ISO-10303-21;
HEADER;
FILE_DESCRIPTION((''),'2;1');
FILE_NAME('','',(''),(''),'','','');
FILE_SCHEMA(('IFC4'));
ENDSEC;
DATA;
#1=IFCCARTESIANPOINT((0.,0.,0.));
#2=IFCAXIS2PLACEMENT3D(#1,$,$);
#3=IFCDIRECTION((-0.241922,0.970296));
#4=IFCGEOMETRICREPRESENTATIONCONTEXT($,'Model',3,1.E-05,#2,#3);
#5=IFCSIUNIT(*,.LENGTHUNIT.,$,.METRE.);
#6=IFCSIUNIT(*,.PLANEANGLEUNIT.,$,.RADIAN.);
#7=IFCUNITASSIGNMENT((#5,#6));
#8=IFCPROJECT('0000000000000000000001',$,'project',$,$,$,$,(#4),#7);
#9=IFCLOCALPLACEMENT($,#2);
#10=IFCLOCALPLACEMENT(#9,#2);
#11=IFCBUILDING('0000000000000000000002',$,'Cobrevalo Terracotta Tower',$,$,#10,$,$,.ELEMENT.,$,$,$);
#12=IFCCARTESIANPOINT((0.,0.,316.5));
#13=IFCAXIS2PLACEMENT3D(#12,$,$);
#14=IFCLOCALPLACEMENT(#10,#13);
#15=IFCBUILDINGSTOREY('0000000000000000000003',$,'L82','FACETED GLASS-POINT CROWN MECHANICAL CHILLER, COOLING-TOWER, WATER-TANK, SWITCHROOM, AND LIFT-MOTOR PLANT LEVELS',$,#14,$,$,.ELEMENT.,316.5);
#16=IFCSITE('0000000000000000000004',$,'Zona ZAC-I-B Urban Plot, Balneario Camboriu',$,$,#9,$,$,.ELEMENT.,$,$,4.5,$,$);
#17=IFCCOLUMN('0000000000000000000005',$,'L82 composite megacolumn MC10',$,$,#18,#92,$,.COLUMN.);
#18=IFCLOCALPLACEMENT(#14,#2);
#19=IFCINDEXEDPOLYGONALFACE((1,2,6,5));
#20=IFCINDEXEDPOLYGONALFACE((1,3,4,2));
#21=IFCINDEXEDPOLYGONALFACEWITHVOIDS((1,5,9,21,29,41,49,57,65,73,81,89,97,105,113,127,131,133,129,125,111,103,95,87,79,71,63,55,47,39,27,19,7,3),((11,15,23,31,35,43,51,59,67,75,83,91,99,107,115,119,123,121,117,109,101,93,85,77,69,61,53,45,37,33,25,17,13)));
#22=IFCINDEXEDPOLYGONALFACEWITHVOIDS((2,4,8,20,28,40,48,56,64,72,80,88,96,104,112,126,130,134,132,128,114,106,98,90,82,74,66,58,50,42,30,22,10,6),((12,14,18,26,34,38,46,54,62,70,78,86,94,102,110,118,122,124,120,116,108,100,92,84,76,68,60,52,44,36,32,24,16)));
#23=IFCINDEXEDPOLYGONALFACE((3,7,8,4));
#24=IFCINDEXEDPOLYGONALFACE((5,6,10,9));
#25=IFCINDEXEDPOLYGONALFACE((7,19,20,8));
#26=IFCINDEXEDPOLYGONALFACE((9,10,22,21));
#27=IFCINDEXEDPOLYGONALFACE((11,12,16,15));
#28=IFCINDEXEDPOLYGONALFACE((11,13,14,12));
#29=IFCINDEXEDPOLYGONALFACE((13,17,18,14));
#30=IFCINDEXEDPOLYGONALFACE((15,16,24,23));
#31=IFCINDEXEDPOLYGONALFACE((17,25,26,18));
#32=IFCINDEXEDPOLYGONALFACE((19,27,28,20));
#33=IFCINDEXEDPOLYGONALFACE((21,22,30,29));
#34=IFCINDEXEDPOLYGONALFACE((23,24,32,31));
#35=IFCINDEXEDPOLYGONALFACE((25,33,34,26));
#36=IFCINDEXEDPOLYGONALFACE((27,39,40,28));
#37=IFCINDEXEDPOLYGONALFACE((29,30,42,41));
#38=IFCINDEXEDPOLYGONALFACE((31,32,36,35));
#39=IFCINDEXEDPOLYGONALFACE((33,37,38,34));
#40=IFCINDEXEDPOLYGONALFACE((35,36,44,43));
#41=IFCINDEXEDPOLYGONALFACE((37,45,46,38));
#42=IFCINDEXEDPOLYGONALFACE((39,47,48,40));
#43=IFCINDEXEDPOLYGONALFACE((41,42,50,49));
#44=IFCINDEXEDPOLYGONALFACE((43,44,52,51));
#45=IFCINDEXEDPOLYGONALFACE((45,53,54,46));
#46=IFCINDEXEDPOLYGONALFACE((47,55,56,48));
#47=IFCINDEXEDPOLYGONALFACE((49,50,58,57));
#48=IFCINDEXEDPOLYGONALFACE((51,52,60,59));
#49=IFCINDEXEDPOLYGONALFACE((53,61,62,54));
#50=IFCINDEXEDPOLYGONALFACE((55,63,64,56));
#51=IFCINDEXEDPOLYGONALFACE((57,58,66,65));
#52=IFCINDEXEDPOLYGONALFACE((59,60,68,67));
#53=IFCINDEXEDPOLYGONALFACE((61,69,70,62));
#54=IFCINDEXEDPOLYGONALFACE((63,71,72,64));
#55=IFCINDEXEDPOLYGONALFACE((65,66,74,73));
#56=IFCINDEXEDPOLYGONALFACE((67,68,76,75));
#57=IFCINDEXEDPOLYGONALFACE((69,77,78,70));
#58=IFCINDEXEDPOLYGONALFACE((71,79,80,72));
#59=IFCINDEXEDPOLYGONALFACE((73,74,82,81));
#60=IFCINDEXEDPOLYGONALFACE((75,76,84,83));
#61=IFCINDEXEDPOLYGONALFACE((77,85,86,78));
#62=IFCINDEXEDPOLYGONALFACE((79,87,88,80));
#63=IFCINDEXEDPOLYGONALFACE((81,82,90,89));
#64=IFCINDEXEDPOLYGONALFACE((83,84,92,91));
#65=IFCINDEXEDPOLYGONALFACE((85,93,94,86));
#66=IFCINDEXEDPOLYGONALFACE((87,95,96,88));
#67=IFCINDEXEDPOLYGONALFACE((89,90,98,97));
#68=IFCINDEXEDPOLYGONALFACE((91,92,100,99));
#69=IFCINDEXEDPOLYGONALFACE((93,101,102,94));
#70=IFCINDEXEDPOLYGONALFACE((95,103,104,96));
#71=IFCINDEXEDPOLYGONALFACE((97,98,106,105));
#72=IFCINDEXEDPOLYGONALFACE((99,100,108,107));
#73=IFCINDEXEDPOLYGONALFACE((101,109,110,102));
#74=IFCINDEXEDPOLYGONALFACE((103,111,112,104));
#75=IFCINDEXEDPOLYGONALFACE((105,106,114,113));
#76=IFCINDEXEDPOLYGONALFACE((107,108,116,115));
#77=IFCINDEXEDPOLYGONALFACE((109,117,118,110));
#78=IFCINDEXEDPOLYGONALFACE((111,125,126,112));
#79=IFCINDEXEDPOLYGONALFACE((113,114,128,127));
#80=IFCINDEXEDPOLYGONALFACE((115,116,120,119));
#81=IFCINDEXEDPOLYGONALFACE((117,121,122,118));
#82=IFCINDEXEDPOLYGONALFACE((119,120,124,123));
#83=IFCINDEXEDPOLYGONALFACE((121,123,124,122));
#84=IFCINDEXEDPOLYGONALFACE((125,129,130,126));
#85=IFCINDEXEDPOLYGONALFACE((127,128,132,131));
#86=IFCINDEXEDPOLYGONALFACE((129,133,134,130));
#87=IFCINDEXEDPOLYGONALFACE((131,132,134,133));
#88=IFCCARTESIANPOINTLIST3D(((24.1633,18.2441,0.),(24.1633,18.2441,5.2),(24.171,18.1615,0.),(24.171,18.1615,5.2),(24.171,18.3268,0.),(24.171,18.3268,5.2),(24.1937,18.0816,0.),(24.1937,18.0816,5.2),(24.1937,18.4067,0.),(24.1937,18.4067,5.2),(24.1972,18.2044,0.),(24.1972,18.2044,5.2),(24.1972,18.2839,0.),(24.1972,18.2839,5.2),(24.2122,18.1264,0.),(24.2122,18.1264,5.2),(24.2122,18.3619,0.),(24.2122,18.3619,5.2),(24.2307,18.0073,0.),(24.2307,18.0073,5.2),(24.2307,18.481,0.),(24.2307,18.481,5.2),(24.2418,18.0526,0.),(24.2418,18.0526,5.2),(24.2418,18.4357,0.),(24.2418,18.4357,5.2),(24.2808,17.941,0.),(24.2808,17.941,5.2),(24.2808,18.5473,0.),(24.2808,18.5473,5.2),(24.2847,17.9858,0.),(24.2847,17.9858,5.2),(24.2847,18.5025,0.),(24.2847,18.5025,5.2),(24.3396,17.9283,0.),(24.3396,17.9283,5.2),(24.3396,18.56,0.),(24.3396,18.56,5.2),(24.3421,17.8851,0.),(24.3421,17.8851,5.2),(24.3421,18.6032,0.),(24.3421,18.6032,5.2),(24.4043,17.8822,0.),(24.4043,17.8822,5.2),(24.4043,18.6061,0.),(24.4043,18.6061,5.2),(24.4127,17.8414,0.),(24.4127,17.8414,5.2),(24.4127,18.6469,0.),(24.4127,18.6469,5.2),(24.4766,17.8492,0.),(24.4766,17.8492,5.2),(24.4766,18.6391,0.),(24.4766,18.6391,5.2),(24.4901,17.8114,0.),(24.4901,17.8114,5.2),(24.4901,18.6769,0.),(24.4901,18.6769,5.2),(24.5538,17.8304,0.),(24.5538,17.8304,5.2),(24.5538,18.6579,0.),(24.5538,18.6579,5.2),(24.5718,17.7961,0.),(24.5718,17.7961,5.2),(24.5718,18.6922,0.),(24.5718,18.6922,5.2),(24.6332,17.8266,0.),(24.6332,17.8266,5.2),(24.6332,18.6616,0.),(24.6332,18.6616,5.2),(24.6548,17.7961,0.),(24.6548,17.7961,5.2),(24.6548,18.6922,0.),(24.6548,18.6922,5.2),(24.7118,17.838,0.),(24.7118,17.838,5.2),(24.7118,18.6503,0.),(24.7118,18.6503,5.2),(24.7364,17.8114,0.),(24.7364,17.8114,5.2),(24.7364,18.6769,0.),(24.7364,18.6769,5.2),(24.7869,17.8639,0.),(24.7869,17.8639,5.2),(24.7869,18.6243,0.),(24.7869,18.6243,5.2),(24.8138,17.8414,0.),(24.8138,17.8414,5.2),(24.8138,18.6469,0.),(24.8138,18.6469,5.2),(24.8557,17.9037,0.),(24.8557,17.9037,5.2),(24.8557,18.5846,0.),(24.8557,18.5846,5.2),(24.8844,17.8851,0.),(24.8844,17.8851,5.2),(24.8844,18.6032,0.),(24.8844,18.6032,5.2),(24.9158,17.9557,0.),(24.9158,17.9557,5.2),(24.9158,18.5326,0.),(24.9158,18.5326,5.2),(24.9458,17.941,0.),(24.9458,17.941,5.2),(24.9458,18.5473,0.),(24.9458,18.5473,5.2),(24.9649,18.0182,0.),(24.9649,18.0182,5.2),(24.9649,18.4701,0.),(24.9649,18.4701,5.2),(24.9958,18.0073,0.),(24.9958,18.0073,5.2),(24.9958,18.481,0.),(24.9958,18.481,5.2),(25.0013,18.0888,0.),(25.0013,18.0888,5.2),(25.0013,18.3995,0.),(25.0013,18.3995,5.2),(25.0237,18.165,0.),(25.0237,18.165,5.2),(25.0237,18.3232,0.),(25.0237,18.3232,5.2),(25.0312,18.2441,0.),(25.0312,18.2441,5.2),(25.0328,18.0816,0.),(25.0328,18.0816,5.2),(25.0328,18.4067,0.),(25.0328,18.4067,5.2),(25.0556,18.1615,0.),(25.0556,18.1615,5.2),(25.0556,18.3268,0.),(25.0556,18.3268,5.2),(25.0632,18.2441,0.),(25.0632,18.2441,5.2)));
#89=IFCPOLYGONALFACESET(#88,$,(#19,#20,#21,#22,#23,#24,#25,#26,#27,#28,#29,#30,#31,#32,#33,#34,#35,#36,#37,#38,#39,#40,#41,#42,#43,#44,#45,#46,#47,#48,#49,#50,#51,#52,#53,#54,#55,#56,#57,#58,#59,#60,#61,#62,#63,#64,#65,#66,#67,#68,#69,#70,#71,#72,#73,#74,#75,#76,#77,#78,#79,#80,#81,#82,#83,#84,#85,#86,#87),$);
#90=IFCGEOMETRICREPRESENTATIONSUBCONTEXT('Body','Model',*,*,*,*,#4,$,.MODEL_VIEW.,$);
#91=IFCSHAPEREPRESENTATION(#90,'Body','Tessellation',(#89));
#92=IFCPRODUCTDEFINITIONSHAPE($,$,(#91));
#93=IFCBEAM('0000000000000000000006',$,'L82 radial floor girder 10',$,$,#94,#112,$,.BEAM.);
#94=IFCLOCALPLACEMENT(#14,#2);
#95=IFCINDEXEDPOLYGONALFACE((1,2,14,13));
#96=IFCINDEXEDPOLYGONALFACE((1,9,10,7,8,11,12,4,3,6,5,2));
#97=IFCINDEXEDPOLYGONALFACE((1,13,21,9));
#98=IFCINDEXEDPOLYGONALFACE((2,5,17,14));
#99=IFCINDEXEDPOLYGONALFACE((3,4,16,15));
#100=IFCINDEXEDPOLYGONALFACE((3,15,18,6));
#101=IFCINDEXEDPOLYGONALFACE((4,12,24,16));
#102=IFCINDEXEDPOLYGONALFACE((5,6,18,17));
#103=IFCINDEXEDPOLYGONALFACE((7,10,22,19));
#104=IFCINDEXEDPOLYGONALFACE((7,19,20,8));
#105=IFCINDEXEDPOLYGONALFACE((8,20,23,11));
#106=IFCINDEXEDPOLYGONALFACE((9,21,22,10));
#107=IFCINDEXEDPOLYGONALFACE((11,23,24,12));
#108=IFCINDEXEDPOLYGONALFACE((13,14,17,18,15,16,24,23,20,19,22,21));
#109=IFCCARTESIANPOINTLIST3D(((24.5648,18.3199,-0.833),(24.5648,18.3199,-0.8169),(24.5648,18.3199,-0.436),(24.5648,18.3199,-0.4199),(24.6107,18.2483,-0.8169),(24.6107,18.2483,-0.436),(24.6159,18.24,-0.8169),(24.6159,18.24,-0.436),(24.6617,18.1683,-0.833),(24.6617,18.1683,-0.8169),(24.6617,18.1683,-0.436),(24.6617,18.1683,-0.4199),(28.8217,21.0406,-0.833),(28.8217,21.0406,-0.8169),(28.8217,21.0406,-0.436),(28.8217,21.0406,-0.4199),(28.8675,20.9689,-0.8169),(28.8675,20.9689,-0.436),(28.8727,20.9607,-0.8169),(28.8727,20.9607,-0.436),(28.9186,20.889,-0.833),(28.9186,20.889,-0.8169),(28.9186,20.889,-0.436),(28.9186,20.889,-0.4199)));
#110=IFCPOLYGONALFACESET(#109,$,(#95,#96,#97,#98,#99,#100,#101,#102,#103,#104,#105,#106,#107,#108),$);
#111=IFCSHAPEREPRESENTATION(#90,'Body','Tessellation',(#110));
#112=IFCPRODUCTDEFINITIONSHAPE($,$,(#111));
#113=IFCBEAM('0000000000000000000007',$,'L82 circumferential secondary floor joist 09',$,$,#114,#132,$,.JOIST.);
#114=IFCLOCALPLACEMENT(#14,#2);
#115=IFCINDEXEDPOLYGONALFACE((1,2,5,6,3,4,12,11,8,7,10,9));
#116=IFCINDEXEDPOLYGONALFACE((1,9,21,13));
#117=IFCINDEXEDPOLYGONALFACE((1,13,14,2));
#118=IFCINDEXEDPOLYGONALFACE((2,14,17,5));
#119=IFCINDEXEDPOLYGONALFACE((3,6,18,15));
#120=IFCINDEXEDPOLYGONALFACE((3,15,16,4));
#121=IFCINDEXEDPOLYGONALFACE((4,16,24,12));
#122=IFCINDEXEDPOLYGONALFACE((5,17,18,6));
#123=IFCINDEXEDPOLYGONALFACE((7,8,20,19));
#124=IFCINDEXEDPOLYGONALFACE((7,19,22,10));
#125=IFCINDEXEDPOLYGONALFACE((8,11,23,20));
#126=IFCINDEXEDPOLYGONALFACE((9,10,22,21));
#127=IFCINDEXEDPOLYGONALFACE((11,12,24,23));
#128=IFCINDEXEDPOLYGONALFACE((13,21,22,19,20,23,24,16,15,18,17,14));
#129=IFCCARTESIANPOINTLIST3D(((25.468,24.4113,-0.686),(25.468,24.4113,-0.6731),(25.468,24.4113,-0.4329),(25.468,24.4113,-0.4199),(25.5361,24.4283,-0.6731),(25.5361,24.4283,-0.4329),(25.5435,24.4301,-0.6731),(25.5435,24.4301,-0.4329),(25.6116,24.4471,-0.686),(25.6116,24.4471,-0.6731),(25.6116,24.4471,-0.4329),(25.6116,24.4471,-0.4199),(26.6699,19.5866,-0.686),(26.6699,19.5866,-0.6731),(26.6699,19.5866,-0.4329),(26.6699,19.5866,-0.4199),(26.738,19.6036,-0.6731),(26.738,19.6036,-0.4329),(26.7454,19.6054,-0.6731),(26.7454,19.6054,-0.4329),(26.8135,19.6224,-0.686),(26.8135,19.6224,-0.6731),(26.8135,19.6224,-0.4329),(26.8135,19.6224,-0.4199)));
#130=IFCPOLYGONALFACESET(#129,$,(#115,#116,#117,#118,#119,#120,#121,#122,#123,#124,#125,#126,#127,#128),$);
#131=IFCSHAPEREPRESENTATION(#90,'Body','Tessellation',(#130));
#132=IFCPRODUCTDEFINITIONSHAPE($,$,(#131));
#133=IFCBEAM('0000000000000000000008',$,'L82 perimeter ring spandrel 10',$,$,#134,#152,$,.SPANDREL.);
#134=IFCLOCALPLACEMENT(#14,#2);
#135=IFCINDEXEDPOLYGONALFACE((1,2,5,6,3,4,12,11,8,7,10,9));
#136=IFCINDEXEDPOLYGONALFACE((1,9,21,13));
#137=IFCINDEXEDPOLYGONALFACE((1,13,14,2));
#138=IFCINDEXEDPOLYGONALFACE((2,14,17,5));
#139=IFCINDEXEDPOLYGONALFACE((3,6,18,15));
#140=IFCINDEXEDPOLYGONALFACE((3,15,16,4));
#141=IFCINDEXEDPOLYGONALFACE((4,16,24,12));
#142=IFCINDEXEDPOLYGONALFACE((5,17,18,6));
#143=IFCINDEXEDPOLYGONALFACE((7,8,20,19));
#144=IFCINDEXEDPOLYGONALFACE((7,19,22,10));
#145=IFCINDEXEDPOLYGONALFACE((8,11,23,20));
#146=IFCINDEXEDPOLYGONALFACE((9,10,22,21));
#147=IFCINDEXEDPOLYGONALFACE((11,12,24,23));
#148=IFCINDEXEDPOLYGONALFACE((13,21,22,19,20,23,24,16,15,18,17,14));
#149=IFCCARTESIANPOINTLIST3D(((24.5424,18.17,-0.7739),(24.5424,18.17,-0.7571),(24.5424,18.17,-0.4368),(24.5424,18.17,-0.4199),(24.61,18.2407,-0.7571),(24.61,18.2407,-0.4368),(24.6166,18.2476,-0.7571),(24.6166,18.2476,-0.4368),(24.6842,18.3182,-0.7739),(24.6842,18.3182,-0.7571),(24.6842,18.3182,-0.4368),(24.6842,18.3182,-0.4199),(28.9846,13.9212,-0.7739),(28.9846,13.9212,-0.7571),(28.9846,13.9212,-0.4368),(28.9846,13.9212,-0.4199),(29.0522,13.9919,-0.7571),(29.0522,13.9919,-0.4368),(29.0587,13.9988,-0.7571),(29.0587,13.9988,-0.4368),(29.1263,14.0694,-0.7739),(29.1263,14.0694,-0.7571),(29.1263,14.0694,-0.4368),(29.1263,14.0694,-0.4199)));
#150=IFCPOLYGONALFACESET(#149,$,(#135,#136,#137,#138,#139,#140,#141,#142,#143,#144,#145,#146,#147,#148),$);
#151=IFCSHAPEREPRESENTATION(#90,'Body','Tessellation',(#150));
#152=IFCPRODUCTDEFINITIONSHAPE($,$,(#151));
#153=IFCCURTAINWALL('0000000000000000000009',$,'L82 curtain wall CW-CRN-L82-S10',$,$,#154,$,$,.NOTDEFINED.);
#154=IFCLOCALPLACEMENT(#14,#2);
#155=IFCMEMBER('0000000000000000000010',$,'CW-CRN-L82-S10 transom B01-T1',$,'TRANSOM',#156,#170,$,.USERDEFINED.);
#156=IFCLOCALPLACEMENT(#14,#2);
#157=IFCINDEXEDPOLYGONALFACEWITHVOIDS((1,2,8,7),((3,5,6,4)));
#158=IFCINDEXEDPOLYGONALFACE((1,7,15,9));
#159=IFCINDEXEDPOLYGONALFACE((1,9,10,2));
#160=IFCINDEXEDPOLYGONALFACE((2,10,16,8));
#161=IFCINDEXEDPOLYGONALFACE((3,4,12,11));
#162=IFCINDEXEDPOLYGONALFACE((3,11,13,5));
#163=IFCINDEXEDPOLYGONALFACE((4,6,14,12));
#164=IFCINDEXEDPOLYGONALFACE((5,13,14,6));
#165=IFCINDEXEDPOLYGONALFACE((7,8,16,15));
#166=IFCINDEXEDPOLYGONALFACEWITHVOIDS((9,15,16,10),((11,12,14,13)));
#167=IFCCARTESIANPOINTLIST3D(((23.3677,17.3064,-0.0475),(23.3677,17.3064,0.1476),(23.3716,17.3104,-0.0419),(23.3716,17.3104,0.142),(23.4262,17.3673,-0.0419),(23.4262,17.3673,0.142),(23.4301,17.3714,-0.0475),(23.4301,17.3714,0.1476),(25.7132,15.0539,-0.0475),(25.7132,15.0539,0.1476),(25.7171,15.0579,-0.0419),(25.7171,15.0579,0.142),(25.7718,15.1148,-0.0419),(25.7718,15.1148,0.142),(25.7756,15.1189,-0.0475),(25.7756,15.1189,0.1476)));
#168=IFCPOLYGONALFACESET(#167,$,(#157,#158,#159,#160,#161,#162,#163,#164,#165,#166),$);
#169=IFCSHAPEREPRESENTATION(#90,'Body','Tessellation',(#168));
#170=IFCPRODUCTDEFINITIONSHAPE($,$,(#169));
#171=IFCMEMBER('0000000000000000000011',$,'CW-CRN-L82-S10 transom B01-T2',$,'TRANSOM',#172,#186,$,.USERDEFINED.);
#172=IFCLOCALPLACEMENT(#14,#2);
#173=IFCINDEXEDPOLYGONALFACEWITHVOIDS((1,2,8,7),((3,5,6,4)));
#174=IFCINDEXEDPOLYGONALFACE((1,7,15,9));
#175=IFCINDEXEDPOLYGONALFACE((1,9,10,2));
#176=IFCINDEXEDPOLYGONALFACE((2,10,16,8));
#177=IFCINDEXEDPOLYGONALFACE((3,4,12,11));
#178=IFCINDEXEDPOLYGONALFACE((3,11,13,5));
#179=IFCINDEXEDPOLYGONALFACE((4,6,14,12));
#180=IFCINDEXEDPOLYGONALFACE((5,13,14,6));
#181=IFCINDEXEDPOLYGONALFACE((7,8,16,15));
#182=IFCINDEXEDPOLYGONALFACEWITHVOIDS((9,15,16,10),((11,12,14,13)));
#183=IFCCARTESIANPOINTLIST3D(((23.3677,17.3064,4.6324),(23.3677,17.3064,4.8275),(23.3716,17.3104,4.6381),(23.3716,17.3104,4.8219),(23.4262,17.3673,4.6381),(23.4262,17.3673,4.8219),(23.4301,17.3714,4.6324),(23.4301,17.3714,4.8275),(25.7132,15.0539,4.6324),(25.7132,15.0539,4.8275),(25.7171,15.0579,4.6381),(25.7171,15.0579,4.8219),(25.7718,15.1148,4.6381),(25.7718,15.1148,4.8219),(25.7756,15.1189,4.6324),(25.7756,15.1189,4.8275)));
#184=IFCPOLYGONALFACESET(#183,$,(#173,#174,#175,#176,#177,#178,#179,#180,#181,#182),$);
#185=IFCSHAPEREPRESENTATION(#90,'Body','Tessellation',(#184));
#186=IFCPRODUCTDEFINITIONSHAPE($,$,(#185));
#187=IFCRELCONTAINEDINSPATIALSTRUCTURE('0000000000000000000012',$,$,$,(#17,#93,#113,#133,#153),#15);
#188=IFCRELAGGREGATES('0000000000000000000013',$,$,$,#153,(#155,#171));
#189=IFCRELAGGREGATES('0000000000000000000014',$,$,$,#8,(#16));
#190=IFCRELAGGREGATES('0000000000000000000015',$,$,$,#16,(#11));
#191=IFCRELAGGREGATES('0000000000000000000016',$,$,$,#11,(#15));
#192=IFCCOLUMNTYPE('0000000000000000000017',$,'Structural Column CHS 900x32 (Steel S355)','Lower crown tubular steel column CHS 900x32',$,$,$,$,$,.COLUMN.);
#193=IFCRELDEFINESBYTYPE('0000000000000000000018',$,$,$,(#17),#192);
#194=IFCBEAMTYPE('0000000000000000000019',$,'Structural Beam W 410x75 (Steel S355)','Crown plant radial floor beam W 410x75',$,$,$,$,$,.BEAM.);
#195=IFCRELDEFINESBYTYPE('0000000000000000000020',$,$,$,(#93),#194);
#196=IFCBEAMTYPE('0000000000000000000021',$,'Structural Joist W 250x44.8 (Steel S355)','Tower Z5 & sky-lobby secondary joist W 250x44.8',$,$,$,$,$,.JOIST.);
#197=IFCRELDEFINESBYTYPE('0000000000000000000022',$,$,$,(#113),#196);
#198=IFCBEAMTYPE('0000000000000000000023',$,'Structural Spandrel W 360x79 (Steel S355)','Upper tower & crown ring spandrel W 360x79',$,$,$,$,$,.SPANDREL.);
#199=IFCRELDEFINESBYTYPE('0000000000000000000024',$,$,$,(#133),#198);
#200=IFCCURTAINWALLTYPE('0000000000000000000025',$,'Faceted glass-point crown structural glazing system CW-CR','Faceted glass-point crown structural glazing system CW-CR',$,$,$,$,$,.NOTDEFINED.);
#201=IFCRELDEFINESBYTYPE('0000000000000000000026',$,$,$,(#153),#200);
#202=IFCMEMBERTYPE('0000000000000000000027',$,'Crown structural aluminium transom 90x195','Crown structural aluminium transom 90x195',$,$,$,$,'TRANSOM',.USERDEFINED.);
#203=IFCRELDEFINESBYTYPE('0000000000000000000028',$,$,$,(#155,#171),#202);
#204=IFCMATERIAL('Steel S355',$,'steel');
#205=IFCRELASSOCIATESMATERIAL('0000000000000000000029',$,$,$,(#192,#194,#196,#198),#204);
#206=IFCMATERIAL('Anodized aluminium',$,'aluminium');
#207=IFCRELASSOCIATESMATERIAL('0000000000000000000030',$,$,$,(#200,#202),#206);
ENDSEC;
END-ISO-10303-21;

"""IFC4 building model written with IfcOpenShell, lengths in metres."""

from ifc_helpers import new_model, si_unit, direction, frame, origin, origin_2d, place, context, subcontext, project, spatial, hollow_rectangle, hollow_circle, i_section, extrude, source, transform, mapped, material, material_profile, profile_set, type_object, element, aggregate, save


model = new_model("IFC4")

# Units and contexts
model_context = context("Model", 3, precision=1e-05, world=origin(), true_north=direction((-0.241922, 0.970296)))
body_context = subcontext(model_context, "Body", "Model", "MODEL_VIEW")
ifc_project = project(units=[si_unit("LENGTHUNIT", "METRE"), si_unit("PLANEANGLEUNIT", "RADIAN")], contexts=[model_context])

# Site, building, storey
site_placement = place(None, origin())
site = spatial("IfcSite", under=ifc_project, at=site_placement, Name="Zona ZAC-I-B Urban Plot, Balneario Camboriu", CompositionType="ELEMENT", RefElevation=4.5)
building_placement = place(site_placement, origin())
building = spatial("IfcBuilding", under=site, at=building_placement, Name="Cobrevalo Terracotta Tower", CompositionType="ELEMENT")
storey_placement = place(building_placement, frame((0.0, 0.0, 316.5)))
storey = spatial("IfcBuildingStorey", under=building, at=storey_placement, Name="L82", Description="FACETED GLASS-POINT CROWN MECHANICAL CHILLER, COOLING-TOWER, WATER-TANK, SWITCHROOM, AND LIFT-MOTOR PLANT LEVELS", CompositionType="ELEMENT", Elevation=316.5)

# Column
ifc_material_1 = material(Name="Steel S355", Category="steel")
ifc_material_profile_1 = material_profile(ifc_material_1, hollow_circle(Radius=0.45, WallThickness=0.032, at=origin_2d()), Name="CHS 900x32")
ifc_profile_set_1 = profile_set([ifc_material_profile_1], Name="Steel S355")
column_type = type_object("IfcColumnType", Name="Structural Column CHS 900x32 (Steel S355)", Description="Lower crown tubular steel column CHS 900x32", PredefinedType="COLUMN", material=ifc_profile_set_1)
column_placement = place(storey_placement, frame((24.6133, 18.2441, 0.0), z_axis=(0.0, 0.0, 1.0), x_axis=(1.0, 0.0, 0.0)))
element("IfcColumn", 1, at=column_placement, inside=storey, type_object=column_type, Name="L82 composite megacolumn MC10", PredefinedType="COLUMN", context=body_context, shape_type="SweptSolid", body=[
    extrude(hollow_circle(Radius=0.45, WallThickness=0.032, at=origin_2d()), origin(), (0.0, 0.0, 1.0), 5.2),
])

# Beams
ifc_material_profile_2 = material_profile(ifc_material_1, i_section(OverallWidth=0.1799, OverallDepth=0.4131, WebThickness=0.0098, FlangeThickness=0.0161, at=origin_2d()), Name="W 410x75")
ifc_profile_set_2 = profile_set([ifc_material_profile_2], Name="Steel S355")
beam_type_1 = type_object("IfcBeamType", Name="Structural Beam W 410x75 (Steel S355)", Description="Crown plant radial floor beam W 410x75", PredefinedType="BEAM", material=ifc_profile_set_2)
beam_1_placement = place(storey_placement, frame((24.6133, 18.2441, -0.6265), z_axis=(0.842601, 0.538538, 0.0), x_axis=(-0.538538, 0.842601, 0.0)))
element("IfcBeam", 2, at=beam_1_placement, inside=storey, type_object=beam_type_1, Name="L82 radial floor girder 10", PredefinedType="BEAM", context=body_context, shape_type="SweptSolid", body=[
    extrude(i_section(OverallWidth=0.1799, OverallDepth=0.4131, WebThickness=0.0098, FlangeThickness=0.0161, at=origin_2d()), origin(), (0.0, 0.0, 1.0), 5.052),
])
ifc_material_profile_3 = material_profile(ifc_material_1, i_section(OverallWidth=0.1479, OverallDepth=0.2661, WebThickness=0.0076, FlangeThickness=0.0129, at=origin_2d()), Name="W 250x44.8")
ifc_profile_set_3 = profile_set([ifc_material_profile_3], Name="Steel S355")
beam_type_2 = type_object("IfcBeamType", Name="Structural Joist W 250x44.8 (Steel S355)", Description="Tower Z5 & sky-lobby secondary joist W 250x44.8", PredefinedType="JOIST", material=ifc_profile_set_3)
beam_2_placement = place(storey_placement, frame((25.5398, 24.4292, -0.553), z_axis=(0.241727, -0.970344, 0.0), x_axis=(0.970344, 0.241727, 0.0)))
element("IfcBeam", 3, at=beam_2_placement, inside=storey, type_object=beam_type_2, Name="L82 circumferential secondary floor joist 09", PredefinedType="JOIST", context=body_context, shape_type="SweptSolid", body=[
    extrude(i_section(OverallWidth=0.1479, OverallDepth=0.2661, WebThickness=0.0076, FlangeThickness=0.0129, at=origin_2d()), origin(), (0.0, 0.0, 1.0), 4.9722),
])
ifc_material_profile_4 = material_profile(ifc_material_1, i_section(OverallWidth=0.2051, OverallDepth=0.354, WebThickness=0.0095, FlangeThickness=0.0168, at=origin_2d()), Name="W 360x79")
ifc_profile_set_4 = profile_set([ifc_material_profile_4], Name="Steel S355")
beam_type_3 = type_object("IfcBeamType", Name="Structural Spandrel W 360x79 (Steel S355)", Description="Upper tower & crown ring spandrel W 360x79", PredefinedType="SPANDREL", material=ifc_profile_set_4)
beam_3_placement = place(storey_placement, frame((24.6133, 18.2441, -0.5969), z_axis=(0.72266, -0.691204, 0.0), x_axis=(0.691204, 0.72266, 0.0)))
element("IfcBeam", 4, at=beam_3_placement, inside=storey, type_object=beam_type_3, Name="L82 perimeter ring spandrel 10", PredefinedType="SPANDREL", context=body_context, shape_type="SweptSolid", body=[
    extrude(i_section(OverallWidth=0.2051, OverallDepth=0.354, WebThickness=0.0095, FlangeThickness=0.0168, at=origin_2d()), origin(), (0.0, 0.0, 1.0), 6.147),
])

# Curtain wall, members
ifc_material_2 = material(Name="Anodized aluminium", Category="aluminium")
curtain_wall_type = type_object("IfcCurtainWallType", Name="Faceted glass-point crown structural glazing system CW-CR", Description="Faceted glass-point crown structural glazing system CW-CR", PredefinedType="NOTDEFINED", material=ifc_material_2)
curtain_wall_1_placement = place(storey_placement, origin())
curtain_wall_1 = element("IfcCurtainWall", 5, at=curtain_wall_1_placement, inside=storey, type_object=curtain_wall_type, Name="L82 curtain wall CW-CRN-L82-S10", PredefinedType="NOTDEFINED")
ifc_material_profile_5 = material_profile(ifc_material_2, hollow_rectangle(XDim=0.0901, YDim=0.1951, WallThickness=0.0056, at=origin_2d()), Name="CWT 90x195")
ifc_profile_set_5 = profile_set([ifc_material_profile_5], Name="Anodized aluminium")
member_type_1 = type_object("IfcMemberType", Name="Crown structural aluminium transom 90x195", Description="Crown structural aluminium transom 90x195", ElementType="TRANSOM", PredefinedType="USERDEFINED", material=ifc_profile_set_5)
shared_shape_1 = source(origin(), body_context, "Body", "SweptSolid", [
    extrude(hollow_rectangle(XDim=0.0901, YDim=0.1951, WallThickness=0.0056, at=origin_2d()), origin(), (0.0, 0.0, 1.0), 3.252),
])
member_1_placement = place(storey_placement, frame((23.3989, 17.3389, 0.05), z_axis=(0.721264, -0.69266, 0.0), x_axis=(0.69266, 0.721264, 0.0)))
member_1 = element("IfcMember", 6, at=member_1_placement, type_object=member_type_1, Name="CW-CRN-L82-S10 transom B01-T1", ObjectType="TRANSOM", PredefinedType="USERDEFINED", context=body_context, shape_type="MappedRepresentation", body=[
    mapped(shared_shape_1, transform((0.0, 0.0, 0.0), scale=1.0)),
])
member_2_placement = place(storey_placement, frame((23.3989, 17.3389, 4.73), z_axis=(0.721264, -0.69266, 0.0), x_axis=(0.69266, 0.721264, 0.0)))
member_2 = element("IfcMember", 7, at=member_2_placement, type_object=member_type_1, Name="CW-CRN-L82-S10 transom B01-T2", ObjectType="TRANSOM", PredefinedType="USERDEFINED", context=body_context, shape_type="MappedRepresentation", body=[
    mapped(shared_shape_1, transform((0.0, 0.0, 0.0), scale=1.0)),
])

aggregate(curtain_wall_1, [member_1, member_2])

save(model, "model.ifc")
